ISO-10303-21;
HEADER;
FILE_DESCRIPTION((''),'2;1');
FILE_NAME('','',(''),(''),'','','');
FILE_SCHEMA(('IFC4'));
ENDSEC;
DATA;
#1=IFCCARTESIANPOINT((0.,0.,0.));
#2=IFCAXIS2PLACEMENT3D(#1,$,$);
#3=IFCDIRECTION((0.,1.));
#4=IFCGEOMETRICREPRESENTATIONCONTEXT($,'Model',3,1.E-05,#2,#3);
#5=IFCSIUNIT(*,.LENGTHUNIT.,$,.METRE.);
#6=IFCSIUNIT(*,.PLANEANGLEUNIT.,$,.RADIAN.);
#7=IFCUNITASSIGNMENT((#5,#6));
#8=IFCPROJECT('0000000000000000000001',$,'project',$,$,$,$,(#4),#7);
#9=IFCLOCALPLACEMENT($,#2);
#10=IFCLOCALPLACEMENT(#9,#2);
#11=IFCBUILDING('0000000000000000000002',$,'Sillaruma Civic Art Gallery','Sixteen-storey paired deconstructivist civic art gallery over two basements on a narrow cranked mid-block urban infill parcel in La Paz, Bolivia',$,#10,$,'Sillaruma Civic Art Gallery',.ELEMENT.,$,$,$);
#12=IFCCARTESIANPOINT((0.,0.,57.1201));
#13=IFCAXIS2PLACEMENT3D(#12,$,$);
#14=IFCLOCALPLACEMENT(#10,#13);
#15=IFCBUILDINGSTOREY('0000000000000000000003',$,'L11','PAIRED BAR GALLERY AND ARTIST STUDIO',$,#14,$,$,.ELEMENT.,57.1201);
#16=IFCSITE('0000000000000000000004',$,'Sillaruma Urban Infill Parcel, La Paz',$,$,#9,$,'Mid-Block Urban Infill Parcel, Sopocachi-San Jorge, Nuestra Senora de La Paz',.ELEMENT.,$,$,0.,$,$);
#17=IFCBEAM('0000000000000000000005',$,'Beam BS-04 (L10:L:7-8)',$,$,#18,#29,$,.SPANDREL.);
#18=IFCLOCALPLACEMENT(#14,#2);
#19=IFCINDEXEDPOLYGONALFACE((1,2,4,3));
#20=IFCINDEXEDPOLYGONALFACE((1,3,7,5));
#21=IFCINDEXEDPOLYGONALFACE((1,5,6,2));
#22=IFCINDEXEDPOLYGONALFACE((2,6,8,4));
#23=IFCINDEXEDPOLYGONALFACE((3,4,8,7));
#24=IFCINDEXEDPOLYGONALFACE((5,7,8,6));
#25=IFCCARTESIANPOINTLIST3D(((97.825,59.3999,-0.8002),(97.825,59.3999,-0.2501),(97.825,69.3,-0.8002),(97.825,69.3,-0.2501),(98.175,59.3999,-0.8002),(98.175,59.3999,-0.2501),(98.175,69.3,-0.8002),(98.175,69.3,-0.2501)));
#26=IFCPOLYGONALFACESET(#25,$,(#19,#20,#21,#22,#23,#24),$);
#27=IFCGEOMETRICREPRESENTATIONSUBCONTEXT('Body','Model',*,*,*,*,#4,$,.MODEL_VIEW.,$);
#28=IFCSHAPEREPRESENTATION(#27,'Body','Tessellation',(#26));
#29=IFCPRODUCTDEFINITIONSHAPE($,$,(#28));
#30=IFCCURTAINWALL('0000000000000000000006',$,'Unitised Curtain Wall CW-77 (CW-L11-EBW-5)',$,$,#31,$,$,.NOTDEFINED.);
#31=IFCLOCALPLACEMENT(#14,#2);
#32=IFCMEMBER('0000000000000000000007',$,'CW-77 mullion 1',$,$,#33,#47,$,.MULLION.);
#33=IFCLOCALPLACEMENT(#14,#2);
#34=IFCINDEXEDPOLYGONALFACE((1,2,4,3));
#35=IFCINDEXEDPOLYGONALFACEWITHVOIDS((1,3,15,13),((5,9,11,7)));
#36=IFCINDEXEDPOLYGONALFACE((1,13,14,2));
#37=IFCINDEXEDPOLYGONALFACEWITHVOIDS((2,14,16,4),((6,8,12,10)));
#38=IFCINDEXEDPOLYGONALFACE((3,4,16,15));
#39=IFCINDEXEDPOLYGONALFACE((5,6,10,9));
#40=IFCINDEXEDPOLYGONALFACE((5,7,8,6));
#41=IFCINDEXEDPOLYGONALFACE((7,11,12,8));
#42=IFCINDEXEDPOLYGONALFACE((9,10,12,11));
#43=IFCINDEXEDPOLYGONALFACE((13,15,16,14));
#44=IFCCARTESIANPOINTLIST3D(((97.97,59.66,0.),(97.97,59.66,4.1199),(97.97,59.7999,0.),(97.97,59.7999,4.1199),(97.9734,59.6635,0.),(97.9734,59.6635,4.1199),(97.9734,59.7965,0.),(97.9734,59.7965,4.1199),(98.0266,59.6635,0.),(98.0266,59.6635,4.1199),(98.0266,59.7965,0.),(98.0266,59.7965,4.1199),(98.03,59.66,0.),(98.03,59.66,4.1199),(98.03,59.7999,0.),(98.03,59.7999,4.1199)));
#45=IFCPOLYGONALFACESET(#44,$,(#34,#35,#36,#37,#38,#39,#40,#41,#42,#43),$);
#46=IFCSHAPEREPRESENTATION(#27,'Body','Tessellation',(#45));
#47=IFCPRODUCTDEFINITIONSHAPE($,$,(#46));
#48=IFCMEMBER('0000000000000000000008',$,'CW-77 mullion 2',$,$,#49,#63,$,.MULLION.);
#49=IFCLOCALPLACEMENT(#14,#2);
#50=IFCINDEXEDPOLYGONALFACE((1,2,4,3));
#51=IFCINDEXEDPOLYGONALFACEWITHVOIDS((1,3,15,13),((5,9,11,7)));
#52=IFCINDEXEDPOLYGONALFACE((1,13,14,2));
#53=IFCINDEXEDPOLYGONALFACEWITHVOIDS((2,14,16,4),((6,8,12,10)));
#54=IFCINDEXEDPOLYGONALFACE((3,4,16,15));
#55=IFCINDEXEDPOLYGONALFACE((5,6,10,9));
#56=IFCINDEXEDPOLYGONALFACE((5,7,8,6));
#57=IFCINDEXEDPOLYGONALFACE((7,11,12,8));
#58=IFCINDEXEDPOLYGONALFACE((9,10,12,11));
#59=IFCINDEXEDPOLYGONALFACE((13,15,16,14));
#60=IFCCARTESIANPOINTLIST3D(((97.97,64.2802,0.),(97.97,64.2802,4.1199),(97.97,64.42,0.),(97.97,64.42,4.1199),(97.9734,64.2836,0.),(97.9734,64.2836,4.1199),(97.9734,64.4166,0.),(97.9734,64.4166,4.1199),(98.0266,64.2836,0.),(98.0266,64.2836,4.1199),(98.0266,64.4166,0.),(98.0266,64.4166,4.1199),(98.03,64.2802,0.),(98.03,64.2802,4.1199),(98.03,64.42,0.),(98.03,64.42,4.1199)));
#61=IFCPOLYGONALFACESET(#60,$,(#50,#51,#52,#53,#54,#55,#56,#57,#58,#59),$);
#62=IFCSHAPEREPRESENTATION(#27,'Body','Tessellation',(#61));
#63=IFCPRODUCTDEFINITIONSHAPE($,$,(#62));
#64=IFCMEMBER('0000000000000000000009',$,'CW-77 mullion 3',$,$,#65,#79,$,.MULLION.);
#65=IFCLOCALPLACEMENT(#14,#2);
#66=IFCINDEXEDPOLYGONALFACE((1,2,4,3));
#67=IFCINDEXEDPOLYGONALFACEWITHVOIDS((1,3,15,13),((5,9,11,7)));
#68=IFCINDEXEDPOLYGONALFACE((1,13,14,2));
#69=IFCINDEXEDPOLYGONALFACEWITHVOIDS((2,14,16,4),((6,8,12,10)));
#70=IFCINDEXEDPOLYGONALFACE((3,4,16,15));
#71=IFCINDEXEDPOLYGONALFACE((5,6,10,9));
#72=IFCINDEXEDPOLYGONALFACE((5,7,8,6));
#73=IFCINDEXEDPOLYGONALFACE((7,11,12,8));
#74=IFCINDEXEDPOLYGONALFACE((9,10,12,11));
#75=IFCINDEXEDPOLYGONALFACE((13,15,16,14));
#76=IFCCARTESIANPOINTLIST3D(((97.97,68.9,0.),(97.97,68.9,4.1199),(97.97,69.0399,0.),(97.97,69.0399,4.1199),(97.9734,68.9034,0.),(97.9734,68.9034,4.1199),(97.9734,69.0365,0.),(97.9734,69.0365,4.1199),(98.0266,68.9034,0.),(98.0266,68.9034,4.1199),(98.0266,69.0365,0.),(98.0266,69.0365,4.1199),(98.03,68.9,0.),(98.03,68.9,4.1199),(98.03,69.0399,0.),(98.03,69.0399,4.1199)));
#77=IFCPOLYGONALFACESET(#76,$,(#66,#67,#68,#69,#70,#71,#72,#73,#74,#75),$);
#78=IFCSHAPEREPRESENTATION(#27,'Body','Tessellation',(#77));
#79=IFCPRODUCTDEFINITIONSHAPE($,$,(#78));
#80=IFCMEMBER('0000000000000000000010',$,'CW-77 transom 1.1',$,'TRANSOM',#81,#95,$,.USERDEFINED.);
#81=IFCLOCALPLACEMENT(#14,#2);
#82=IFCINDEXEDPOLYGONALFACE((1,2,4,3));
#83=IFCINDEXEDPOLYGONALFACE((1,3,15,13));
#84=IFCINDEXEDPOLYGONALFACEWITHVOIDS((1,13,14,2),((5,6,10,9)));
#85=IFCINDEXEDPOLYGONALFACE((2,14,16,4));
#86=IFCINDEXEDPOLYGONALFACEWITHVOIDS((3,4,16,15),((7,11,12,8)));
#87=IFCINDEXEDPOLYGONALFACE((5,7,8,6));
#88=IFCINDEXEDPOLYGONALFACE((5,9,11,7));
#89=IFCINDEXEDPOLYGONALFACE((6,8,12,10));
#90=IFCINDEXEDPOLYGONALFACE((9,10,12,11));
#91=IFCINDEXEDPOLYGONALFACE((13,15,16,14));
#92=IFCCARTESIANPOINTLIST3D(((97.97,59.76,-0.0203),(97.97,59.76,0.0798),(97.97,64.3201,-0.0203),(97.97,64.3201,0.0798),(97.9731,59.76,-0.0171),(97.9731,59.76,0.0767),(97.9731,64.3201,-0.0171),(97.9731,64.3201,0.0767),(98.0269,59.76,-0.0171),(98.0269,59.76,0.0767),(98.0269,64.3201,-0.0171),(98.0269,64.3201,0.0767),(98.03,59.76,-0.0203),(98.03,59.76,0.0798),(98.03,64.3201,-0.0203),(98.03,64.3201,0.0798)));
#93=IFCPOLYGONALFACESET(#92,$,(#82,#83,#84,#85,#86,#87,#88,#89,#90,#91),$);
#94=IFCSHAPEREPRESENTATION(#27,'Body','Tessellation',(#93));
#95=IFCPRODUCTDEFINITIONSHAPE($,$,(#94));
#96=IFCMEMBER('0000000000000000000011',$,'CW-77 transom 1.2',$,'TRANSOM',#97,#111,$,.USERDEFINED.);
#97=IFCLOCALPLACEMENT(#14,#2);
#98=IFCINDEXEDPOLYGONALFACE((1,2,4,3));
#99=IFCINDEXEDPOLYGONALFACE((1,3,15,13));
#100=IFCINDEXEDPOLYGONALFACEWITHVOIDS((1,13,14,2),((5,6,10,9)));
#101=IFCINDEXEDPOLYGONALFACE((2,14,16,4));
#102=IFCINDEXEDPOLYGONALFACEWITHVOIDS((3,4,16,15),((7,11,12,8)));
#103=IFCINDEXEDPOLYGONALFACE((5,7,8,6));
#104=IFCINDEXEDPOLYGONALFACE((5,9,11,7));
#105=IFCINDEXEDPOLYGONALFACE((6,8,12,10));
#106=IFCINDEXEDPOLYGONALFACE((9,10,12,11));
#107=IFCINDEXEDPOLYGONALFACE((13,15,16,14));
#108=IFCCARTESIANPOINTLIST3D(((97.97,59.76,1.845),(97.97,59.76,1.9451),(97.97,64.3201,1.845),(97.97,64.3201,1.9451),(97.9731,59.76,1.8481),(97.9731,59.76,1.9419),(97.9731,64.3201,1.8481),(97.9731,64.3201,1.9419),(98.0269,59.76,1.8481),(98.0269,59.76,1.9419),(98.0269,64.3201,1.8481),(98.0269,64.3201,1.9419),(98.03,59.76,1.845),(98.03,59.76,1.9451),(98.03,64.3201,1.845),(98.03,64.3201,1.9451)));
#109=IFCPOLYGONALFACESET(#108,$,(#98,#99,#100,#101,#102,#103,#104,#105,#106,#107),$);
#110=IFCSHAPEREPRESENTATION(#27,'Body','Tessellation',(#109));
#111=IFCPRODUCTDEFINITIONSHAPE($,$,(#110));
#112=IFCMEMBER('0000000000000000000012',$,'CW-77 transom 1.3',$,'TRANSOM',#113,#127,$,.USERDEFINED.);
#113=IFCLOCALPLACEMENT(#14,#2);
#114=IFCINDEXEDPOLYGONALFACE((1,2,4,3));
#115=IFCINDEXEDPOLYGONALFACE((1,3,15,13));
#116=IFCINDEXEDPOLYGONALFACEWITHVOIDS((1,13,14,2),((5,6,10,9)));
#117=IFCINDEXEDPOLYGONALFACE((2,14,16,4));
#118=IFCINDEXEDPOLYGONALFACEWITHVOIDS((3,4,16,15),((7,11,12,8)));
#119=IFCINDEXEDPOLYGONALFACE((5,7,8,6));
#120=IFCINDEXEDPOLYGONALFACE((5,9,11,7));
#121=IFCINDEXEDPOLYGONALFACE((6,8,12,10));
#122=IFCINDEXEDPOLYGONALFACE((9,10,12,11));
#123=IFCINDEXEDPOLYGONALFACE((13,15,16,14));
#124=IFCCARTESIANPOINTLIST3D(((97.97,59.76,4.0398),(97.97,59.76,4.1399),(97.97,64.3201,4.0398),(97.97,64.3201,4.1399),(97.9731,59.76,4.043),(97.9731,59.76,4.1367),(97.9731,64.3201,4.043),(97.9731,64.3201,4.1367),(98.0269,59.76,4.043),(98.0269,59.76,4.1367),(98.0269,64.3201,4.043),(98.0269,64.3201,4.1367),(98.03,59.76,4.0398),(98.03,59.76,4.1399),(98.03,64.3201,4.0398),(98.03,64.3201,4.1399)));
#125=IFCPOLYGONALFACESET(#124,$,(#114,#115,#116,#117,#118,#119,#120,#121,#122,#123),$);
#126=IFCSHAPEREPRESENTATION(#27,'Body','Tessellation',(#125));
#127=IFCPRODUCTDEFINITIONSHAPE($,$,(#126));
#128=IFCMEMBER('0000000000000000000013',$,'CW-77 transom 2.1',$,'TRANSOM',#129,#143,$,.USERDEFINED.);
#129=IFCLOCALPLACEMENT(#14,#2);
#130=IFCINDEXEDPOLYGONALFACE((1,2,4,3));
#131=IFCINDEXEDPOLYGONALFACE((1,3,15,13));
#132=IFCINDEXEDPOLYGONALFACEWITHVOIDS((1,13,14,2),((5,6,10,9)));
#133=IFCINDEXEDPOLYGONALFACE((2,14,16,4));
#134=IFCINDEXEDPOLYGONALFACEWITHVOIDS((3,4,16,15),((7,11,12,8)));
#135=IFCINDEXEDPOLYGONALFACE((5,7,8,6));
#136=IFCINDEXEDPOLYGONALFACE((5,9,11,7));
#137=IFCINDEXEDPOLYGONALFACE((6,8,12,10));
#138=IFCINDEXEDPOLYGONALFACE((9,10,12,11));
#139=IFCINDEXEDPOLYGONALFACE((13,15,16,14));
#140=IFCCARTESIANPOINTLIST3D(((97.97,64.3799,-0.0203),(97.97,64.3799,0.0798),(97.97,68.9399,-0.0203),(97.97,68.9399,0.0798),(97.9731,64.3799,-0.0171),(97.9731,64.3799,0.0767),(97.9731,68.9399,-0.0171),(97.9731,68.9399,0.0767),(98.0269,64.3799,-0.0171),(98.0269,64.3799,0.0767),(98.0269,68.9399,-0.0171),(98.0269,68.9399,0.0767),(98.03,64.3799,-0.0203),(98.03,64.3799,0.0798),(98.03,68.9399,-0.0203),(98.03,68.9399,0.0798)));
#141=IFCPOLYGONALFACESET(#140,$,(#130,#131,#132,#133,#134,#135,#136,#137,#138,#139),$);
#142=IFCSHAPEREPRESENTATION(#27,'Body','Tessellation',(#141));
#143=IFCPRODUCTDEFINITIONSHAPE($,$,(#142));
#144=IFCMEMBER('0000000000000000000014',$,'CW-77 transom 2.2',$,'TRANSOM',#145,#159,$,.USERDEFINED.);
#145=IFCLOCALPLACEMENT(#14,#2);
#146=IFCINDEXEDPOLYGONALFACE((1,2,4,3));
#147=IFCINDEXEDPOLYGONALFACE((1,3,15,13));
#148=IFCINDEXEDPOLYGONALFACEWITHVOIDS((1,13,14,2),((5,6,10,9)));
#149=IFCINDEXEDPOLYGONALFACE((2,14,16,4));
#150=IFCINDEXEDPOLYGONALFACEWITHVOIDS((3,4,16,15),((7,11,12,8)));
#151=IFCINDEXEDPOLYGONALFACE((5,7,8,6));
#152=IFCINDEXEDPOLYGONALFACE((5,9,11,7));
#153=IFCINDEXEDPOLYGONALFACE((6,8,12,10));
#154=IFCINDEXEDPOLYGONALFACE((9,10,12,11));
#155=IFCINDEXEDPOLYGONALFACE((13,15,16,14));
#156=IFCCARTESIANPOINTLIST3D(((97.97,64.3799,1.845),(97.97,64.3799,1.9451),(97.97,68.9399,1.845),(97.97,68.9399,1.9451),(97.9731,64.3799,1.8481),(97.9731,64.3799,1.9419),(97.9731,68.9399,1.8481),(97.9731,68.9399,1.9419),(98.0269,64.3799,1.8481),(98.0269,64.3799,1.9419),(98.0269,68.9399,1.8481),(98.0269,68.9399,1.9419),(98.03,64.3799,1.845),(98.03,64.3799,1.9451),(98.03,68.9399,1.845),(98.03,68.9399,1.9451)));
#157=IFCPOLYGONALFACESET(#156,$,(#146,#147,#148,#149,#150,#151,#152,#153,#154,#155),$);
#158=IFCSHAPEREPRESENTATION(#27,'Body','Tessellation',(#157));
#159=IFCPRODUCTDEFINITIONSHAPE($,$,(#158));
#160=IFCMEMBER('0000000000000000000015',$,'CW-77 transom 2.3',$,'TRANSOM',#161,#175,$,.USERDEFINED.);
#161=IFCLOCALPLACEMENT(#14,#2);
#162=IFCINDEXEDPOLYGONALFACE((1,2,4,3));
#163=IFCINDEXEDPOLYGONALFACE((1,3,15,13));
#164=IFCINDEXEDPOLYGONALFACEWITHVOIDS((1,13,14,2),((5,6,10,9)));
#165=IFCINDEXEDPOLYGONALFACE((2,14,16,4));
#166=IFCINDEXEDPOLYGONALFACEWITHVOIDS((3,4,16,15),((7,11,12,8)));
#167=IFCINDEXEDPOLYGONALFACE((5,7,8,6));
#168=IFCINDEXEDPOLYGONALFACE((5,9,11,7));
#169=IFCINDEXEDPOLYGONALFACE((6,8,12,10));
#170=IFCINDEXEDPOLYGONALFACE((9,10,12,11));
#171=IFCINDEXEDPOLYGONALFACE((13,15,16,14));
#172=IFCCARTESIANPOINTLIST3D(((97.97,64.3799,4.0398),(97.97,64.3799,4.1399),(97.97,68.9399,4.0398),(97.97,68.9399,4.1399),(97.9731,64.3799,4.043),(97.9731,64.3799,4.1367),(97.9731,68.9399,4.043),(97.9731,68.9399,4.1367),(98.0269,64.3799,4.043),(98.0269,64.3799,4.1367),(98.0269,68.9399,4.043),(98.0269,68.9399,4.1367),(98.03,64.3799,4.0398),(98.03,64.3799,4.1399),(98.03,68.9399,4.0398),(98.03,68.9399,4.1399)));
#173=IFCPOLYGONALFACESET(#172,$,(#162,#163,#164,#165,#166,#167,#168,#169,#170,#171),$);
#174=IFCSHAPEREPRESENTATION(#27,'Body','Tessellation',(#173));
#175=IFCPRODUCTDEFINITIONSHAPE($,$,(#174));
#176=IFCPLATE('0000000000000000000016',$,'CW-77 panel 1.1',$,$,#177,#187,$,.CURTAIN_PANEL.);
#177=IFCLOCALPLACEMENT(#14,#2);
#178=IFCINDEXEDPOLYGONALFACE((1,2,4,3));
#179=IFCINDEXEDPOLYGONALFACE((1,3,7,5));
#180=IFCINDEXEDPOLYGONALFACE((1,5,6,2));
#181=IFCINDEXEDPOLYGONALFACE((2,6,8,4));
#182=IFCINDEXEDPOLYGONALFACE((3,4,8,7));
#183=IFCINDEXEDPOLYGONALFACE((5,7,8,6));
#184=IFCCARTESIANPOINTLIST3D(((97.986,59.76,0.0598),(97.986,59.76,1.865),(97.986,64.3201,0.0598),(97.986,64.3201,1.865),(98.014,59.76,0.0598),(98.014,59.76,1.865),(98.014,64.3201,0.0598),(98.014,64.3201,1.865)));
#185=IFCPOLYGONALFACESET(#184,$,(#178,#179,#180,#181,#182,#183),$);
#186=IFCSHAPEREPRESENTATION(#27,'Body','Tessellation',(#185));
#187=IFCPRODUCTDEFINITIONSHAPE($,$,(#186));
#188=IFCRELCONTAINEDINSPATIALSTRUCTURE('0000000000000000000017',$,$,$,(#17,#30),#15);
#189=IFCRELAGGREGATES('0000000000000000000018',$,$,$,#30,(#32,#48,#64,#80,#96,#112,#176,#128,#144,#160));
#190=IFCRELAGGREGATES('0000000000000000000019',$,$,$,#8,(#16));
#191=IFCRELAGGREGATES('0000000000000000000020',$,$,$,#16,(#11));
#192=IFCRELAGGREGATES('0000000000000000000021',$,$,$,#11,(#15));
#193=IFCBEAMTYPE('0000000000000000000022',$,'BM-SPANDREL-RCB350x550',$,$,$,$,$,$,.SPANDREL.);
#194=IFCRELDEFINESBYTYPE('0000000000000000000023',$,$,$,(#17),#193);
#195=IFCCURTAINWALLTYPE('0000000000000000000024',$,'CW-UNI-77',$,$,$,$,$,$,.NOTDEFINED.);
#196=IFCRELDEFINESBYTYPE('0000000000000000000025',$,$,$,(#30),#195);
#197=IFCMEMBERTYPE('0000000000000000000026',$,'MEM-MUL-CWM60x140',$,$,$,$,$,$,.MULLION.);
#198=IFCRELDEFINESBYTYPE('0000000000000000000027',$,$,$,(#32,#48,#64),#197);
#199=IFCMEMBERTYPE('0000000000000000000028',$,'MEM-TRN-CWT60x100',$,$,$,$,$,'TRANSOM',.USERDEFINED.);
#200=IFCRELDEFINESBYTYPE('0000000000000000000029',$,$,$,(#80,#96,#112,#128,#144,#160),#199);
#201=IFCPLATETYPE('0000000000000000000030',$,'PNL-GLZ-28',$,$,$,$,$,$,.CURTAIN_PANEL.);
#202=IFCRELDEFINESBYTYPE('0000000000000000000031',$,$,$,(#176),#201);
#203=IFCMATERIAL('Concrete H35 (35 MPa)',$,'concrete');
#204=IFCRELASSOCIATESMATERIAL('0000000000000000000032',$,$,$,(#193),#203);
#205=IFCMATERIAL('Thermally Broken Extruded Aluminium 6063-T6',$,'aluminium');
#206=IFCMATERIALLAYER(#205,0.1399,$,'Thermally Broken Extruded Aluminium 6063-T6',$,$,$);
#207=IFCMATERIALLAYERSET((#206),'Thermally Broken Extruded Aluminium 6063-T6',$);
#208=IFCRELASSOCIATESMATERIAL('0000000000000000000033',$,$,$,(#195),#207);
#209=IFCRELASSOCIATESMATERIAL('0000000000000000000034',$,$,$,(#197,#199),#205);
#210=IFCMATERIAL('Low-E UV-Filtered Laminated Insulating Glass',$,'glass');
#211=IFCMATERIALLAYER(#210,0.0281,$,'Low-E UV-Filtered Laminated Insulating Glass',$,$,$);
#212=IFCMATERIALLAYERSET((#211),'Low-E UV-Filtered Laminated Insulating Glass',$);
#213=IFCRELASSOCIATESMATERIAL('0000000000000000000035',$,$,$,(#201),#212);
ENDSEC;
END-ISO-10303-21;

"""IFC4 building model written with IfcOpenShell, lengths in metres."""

from ifc_helpers import new_model, si_unit, direction, frame, origin, origin_2d, place, context, subcontext, project, spatial, rectangle, hollow_rectangle, extrude, material, layer, layer_set, material_profile, profile_set, type_object, element, aggregate, save


model = new_model("IFC4")

# Units and contexts
model_context = context("Model", 3, precision=1e-05, world=origin(), true_north=direction((0.0, 1.0)))
body_context = subcontext(model_context, "Body", "Model", "MODEL_VIEW")
ifc_project = project(units=[si_unit("LENGTHUNIT", "METRE"), si_unit("PLANEANGLEUNIT", "RADIAN")], contexts=[model_context])

# Site, building, storey
site_placement = place(None, origin())
site = spatial("IfcSite", under=ifc_project, at=site_placement, Name="Sillaruma Urban Infill Parcel, La Paz", LongName="Mid-Block Urban Infill Parcel, Sopocachi-San Jorge, Nuestra Senora de La Paz", CompositionType="ELEMENT", RefElevation=0.0)
building_placement = place(site_placement, origin())
building = spatial("IfcBuilding", under=site, at=building_placement, Name="Sillaruma Civic Art Gallery", Description="Sixteen-storey paired deconstructivist civic art gallery over two basements on a narrow cranked mid-block urban infill parcel in La Paz, Bolivia", LongName="Sillaruma Civic Art Gallery", CompositionType="ELEMENT")
storey_placement = place(building_placement, frame((0.0, 0.0, 57.1201)))
storey = spatial("IfcBuildingStorey", under=building, at=storey_placement, Name="L11", Description="PAIRED BAR GALLERY AND ARTIST STUDIO", CompositionType="ELEMENT", Elevation=57.1201)

# Beam
ifc_material_1 = material(Name="Concrete H35 (35 MPa)", Category="concrete")
ifc_material_profile_1 = material_profile(ifc_material_1, rectangle(XDim=0.3501, YDim=0.55, at=origin_2d()), Name="RCB350x550")
ifc_profile_set_1 = profile_set([ifc_material_profile_1], Name="Concrete H35 (35 MPa)")
beam_type_1 = type_object("IfcBeamType", Name="BM-SPANDREL-RCB350x550", PredefinedType="SPANDREL", material=ifc_profile_set_1)
beam_placement = place(storey_placement, frame((98.0, 59.3999, -0.5251), z_axis=(0.0, 1.0, 0.0), x_axis=(-1.0, 0.0, 0.0)))
element("IfcBeam", 1, at=beam_placement, inside=storey, type_object=beam_type_1, Name="Beam BS-04 (L10:L:7-8)", PredefinedType="SPANDREL", context=body_context, shape_type="SweptSolid", body=[
    extrude(rectangle(XDim=0.3501, YDim=0.55, at=origin_2d()), origin(), (0.0, 0.0, 1.0), 9.9001),
])

# Curtain wall, members, plate
ifc_material_2 = material(Name="Thermally Broken Extruded Aluminium 6063-T6", Category="aluminium")
ifc_layer_1 = layer(ifc_material_2, 0.1399, Name="Thermally Broken Extruded Aluminium 6063-T6")
ifc_layer_set_1 = layer_set([ifc_layer_1], Name="Thermally Broken Extruded Aluminium 6063-T6")
curtain_wall_type = type_object("IfcCurtainWallType", Name="CW-UNI-77", PredefinedType="NOTDEFINED", material=ifc_layer_set_1)
curtain_wall_placement = place(storey_placement, origin())
curtain_wall = element("IfcCurtainWall", 2, at=curtain_wall_placement, inside=storey, type_object=curtain_wall_type, Name="Unitised Curtain Wall CW-77 (CW-L11-EBW-5)", PredefinedType="NOTDEFINED")
ifc_material_profile_2 = material_profile(ifc_material_2, hollow_rectangle(XDim=0.0601, YDim=0.1399, WallThickness=0.0034, at=origin_2d()), Name="CWM60x140")
ifc_profile_set_2 = profile_set([ifc_material_profile_2], Name="Thermally Broken Extruded Aluminium 6063-T6")
member_type_1 = type_object("IfcMemberType", Name="MEM-MUL-CWM60x140", PredefinedType="MULLION", material=ifc_profile_set_2)
member_1_placement = place(storey_placement, frame((98.0, 59.73, 0.0), z_axis=(0.0, 0.0, 1.0), x_axis=(-1.0, 0.0, 0.0)))
member_1 = element("IfcMember", 3, at=member_1_placement, type_object=member_type_1, Name="CW-77 mullion 1", PredefinedType="MULLION", context=body_context, shape_type="SweptSolid", body=[
    extrude(hollow_rectangle(XDim=0.0601, YDim=0.1399, WallThickness=0.0034, at=origin_2d()), origin(), (0.0, 0.0, 1.0), 4.1199),
])
member_2_placement = place(storey_placement, frame((98.0, 64.3501, 0.0), z_axis=(0.0, 0.0, 1.0), x_axis=(-1.0, 0.0, 0.0)))
member_2 = element("IfcMember", 4, at=member_2_placement, type_object=member_type_1, Name="CW-77 mullion 2", PredefinedType="MULLION", context=body_context, shape_type="SweptSolid", body=[
    extrude(hollow_rectangle(XDim=0.0601, YDim=0.1399, WallThickness=0.0034, at=origin_2d()), origin(), (0.0, 0.0, 1.0), 4.1199),
])
member_3_placement = place(storey_placement, frame((98.0, 68.97, 0.0), z_axis=(0.0, 0.0, 1.0), x_axis=(-1.0, 0.0, 0.0)))
member_3 = element("IfcMember", 5, at=member_3_placement, type_object=member_type_1, Name="CW-77 mullion 3", PredefinedType="MULLION", context=body_context, shape_type="SweptSolid", body=[
    extrude(hollow_rectangle(XDim=0.0601, YDim=0.1399, WallThickness=0.0034, at=origin_2d()), origin(), (0.0, 0.0, 1.0), 4.1199),
])
ifc_material_profile_3 = material_profile(ifc_material_2, hollow_rectangle(XDim=0.0601, YDim=0.1001, WallThickness=0.0032, at=origin_2d()), Name="CWT60x100")
ifc_profile_set_3 = profile_set([ifc_material_profile_3], Name="Thermally Broken Extruded Aluminium 6063-T6")
member_type_2 = type_object("IfcMemberType", Name="MEM-TRN-CWT60x100", ElementType="TRANSOM", PredefinedType="USERDEFINED", material=ifc_profile_set_3)
member_4_placement = place(storey_placement, frame((98.0, 59.76, 0.0298), z_axis=(0.0, 1.0, 0.0), x_axis=(-1.0, 0.0, 0.0)))
member_4 = element("IfcMember", 6, at=member_4_placement, type_object=member_type_2, Name="CW-77 transom 1.1", ObjectType="TRANSOM", PredefinedType="USERDEFINED", context=body_context, shape_type="SweptSolid", body=[
    extrude(hollow_rectangle(XDim=0.0601, YDim=0.1001, WallThickness=0.0032, at=origin_2d()), origin(), (0.0, 0.0, 1.0), 4.5601),
])
member_5_placement = place(storey_placement, frame((98.0, 59.76, 1.895), z_axis=(0.0, 1.0, 0.0), x_axis=(-1.0, 0.0, 0.0)))
member_5 = element("IfcMember", 7, at=member_5_placement, type_object=member_type_2, Name="CW-77 transom 1.2", ObjectType="TRANSOM", PredefinedType="USERDEFINED", context=body_context, shape_type="SweptSolid", body=[
    extrude(hollow_rectangle(XDim=0.0601, YDim=0.1001, WallThickness=0.0032, at=origin_2d()), origin(), (0.0, 0.0, 1.0), 4.5601),
])
member_6_placement = place(storey_placement, frame((98.0, 59.76, 4.0898), z_axis=(0.0, 1.0, 0.0), x_axis=(-1.0, 0.0, 0.0)))
member_6 = element("IfcMember", 8, at=member_6_placement, type_object=member_type_2, Name="CW-77 transom 1.3", ObjectType="TRANSOM", PredefinedType="USERDEFINED", context=body_context, shape_type="SweptSolid", body=[
    extrude(hollow_rectangle(XDim=0.0601, YDim=0.1001, WallThickness=0.0032, at=origin_2d()), origin(), (0.0, 0.0, 1.0), 4.5601),
])
member_7_placement = place(storey_placement, frame((98.0, 64.3799, 0.0298), z_axis=(0.0, 1.0, 0.0), x_axis=(-1.0, 0.0, 0.0)))
member_7 = element("IfcMember", 9, at=member_7_placement, type_object=member_type_2, Name="CW-77 transom 2.1", ObjectType="TRANSOM", PredefinedType="USERDEFINED", context=body_context, shape_type="SweptSolid", body=[
    extrude(hollow_rectangle(XDim=0.0601, YDim=0.1001, WallThickness=0.0032, at=origin_2d()), origin(), (0.0, 0.0, 1.0), 4.5601),
])
member_8_placement = place(storey_placement, frame((98.0, 64.3799, 1.895), z_axis=(0.0, 1.0, 0.0), x_axis=(-1.0, 0.0, 0.0)))
member_8 = element("IfcMember", 10, at=member_8_placement, type_object=member_type_2, Name="CW-77 transom 2.2", ObjectType="TRANSOM", PredefinedType="USERDEFINED", context=body_context, shape_type="SweptSolid", body=[
    extrude(hollow_rectangle(XDim=0.0601, YDim=0.1001, WallThickness=0.0032, at=origin_2d()), origin(), (0.0, 0.0, 1.0), 4.5601),
])
member_9_placement = place(storey_placement, frame((98.0, 64.3799, 4.0898), z_axis=(0.0, 1.0, 0.0), x_axis=(-1.0, 0.0, 0.0)))
member_9 = element("IfcMember", 11, at=member_9_placement, type_object=member_type_2, Name="CW-77 transom 2.3", ObjectType="TRANSOM", PredefinedType="USERDEFINED", context=body_context, shape_type="SweptSolid", body=[
    extrude(hollow_rectangle(XDim=0.0601, YDim=0.1001, WallThickness=0.0032, at=origin_2d()), origin(), (0.0, 0.0, 1.0), 4.5601),
])
ifc_material_3 = material(Name="Low-E UV-Filtered Laminated Insulating Glass", Category="glass")
ifc_layer_2 = layer(ifc_material_3, 0.0281, Name="Low-E UV-Filtered Laminated Insulating Glass")
ifc_layer_set_2 = layer_set([ifc_layer_2], Name="Low-E UV-Filtered Laminated Insulating Glass")
plate_type = type_object("IfcPlateType", Name="PNL-GLZ-28", PredefinedType="CURTAIN_PANEL", material=ifc_layer_set_2)
plate_1_placement = place(storey_placement, frame((98.0, 62.04, 0.0598), z_axis=(0.0, 0.0, 1.0), x_axis=(0.0, 1.0, 0.0)))
plate_1 = element("IfcPlate", 12, at=plate_1_placement, type_object=plate_type, Name="CW-77 panel 1.1", PredefinedType="CURTAIN_PANEL", context=body_context, shape_type="SweptSolid", body=[
    extrude(rectangle(XDim=4.5601, YDim=0.0281, at=origin_2d()), origin(), (0.0, 0.0, 1.0), 1.8052),
])
aggregate(curtain_wall, [member_1, member_2, member_3, member_4, member_5, member_6, plate_1, member_7, member_8, member_9])

save(model, "model.ifc")
